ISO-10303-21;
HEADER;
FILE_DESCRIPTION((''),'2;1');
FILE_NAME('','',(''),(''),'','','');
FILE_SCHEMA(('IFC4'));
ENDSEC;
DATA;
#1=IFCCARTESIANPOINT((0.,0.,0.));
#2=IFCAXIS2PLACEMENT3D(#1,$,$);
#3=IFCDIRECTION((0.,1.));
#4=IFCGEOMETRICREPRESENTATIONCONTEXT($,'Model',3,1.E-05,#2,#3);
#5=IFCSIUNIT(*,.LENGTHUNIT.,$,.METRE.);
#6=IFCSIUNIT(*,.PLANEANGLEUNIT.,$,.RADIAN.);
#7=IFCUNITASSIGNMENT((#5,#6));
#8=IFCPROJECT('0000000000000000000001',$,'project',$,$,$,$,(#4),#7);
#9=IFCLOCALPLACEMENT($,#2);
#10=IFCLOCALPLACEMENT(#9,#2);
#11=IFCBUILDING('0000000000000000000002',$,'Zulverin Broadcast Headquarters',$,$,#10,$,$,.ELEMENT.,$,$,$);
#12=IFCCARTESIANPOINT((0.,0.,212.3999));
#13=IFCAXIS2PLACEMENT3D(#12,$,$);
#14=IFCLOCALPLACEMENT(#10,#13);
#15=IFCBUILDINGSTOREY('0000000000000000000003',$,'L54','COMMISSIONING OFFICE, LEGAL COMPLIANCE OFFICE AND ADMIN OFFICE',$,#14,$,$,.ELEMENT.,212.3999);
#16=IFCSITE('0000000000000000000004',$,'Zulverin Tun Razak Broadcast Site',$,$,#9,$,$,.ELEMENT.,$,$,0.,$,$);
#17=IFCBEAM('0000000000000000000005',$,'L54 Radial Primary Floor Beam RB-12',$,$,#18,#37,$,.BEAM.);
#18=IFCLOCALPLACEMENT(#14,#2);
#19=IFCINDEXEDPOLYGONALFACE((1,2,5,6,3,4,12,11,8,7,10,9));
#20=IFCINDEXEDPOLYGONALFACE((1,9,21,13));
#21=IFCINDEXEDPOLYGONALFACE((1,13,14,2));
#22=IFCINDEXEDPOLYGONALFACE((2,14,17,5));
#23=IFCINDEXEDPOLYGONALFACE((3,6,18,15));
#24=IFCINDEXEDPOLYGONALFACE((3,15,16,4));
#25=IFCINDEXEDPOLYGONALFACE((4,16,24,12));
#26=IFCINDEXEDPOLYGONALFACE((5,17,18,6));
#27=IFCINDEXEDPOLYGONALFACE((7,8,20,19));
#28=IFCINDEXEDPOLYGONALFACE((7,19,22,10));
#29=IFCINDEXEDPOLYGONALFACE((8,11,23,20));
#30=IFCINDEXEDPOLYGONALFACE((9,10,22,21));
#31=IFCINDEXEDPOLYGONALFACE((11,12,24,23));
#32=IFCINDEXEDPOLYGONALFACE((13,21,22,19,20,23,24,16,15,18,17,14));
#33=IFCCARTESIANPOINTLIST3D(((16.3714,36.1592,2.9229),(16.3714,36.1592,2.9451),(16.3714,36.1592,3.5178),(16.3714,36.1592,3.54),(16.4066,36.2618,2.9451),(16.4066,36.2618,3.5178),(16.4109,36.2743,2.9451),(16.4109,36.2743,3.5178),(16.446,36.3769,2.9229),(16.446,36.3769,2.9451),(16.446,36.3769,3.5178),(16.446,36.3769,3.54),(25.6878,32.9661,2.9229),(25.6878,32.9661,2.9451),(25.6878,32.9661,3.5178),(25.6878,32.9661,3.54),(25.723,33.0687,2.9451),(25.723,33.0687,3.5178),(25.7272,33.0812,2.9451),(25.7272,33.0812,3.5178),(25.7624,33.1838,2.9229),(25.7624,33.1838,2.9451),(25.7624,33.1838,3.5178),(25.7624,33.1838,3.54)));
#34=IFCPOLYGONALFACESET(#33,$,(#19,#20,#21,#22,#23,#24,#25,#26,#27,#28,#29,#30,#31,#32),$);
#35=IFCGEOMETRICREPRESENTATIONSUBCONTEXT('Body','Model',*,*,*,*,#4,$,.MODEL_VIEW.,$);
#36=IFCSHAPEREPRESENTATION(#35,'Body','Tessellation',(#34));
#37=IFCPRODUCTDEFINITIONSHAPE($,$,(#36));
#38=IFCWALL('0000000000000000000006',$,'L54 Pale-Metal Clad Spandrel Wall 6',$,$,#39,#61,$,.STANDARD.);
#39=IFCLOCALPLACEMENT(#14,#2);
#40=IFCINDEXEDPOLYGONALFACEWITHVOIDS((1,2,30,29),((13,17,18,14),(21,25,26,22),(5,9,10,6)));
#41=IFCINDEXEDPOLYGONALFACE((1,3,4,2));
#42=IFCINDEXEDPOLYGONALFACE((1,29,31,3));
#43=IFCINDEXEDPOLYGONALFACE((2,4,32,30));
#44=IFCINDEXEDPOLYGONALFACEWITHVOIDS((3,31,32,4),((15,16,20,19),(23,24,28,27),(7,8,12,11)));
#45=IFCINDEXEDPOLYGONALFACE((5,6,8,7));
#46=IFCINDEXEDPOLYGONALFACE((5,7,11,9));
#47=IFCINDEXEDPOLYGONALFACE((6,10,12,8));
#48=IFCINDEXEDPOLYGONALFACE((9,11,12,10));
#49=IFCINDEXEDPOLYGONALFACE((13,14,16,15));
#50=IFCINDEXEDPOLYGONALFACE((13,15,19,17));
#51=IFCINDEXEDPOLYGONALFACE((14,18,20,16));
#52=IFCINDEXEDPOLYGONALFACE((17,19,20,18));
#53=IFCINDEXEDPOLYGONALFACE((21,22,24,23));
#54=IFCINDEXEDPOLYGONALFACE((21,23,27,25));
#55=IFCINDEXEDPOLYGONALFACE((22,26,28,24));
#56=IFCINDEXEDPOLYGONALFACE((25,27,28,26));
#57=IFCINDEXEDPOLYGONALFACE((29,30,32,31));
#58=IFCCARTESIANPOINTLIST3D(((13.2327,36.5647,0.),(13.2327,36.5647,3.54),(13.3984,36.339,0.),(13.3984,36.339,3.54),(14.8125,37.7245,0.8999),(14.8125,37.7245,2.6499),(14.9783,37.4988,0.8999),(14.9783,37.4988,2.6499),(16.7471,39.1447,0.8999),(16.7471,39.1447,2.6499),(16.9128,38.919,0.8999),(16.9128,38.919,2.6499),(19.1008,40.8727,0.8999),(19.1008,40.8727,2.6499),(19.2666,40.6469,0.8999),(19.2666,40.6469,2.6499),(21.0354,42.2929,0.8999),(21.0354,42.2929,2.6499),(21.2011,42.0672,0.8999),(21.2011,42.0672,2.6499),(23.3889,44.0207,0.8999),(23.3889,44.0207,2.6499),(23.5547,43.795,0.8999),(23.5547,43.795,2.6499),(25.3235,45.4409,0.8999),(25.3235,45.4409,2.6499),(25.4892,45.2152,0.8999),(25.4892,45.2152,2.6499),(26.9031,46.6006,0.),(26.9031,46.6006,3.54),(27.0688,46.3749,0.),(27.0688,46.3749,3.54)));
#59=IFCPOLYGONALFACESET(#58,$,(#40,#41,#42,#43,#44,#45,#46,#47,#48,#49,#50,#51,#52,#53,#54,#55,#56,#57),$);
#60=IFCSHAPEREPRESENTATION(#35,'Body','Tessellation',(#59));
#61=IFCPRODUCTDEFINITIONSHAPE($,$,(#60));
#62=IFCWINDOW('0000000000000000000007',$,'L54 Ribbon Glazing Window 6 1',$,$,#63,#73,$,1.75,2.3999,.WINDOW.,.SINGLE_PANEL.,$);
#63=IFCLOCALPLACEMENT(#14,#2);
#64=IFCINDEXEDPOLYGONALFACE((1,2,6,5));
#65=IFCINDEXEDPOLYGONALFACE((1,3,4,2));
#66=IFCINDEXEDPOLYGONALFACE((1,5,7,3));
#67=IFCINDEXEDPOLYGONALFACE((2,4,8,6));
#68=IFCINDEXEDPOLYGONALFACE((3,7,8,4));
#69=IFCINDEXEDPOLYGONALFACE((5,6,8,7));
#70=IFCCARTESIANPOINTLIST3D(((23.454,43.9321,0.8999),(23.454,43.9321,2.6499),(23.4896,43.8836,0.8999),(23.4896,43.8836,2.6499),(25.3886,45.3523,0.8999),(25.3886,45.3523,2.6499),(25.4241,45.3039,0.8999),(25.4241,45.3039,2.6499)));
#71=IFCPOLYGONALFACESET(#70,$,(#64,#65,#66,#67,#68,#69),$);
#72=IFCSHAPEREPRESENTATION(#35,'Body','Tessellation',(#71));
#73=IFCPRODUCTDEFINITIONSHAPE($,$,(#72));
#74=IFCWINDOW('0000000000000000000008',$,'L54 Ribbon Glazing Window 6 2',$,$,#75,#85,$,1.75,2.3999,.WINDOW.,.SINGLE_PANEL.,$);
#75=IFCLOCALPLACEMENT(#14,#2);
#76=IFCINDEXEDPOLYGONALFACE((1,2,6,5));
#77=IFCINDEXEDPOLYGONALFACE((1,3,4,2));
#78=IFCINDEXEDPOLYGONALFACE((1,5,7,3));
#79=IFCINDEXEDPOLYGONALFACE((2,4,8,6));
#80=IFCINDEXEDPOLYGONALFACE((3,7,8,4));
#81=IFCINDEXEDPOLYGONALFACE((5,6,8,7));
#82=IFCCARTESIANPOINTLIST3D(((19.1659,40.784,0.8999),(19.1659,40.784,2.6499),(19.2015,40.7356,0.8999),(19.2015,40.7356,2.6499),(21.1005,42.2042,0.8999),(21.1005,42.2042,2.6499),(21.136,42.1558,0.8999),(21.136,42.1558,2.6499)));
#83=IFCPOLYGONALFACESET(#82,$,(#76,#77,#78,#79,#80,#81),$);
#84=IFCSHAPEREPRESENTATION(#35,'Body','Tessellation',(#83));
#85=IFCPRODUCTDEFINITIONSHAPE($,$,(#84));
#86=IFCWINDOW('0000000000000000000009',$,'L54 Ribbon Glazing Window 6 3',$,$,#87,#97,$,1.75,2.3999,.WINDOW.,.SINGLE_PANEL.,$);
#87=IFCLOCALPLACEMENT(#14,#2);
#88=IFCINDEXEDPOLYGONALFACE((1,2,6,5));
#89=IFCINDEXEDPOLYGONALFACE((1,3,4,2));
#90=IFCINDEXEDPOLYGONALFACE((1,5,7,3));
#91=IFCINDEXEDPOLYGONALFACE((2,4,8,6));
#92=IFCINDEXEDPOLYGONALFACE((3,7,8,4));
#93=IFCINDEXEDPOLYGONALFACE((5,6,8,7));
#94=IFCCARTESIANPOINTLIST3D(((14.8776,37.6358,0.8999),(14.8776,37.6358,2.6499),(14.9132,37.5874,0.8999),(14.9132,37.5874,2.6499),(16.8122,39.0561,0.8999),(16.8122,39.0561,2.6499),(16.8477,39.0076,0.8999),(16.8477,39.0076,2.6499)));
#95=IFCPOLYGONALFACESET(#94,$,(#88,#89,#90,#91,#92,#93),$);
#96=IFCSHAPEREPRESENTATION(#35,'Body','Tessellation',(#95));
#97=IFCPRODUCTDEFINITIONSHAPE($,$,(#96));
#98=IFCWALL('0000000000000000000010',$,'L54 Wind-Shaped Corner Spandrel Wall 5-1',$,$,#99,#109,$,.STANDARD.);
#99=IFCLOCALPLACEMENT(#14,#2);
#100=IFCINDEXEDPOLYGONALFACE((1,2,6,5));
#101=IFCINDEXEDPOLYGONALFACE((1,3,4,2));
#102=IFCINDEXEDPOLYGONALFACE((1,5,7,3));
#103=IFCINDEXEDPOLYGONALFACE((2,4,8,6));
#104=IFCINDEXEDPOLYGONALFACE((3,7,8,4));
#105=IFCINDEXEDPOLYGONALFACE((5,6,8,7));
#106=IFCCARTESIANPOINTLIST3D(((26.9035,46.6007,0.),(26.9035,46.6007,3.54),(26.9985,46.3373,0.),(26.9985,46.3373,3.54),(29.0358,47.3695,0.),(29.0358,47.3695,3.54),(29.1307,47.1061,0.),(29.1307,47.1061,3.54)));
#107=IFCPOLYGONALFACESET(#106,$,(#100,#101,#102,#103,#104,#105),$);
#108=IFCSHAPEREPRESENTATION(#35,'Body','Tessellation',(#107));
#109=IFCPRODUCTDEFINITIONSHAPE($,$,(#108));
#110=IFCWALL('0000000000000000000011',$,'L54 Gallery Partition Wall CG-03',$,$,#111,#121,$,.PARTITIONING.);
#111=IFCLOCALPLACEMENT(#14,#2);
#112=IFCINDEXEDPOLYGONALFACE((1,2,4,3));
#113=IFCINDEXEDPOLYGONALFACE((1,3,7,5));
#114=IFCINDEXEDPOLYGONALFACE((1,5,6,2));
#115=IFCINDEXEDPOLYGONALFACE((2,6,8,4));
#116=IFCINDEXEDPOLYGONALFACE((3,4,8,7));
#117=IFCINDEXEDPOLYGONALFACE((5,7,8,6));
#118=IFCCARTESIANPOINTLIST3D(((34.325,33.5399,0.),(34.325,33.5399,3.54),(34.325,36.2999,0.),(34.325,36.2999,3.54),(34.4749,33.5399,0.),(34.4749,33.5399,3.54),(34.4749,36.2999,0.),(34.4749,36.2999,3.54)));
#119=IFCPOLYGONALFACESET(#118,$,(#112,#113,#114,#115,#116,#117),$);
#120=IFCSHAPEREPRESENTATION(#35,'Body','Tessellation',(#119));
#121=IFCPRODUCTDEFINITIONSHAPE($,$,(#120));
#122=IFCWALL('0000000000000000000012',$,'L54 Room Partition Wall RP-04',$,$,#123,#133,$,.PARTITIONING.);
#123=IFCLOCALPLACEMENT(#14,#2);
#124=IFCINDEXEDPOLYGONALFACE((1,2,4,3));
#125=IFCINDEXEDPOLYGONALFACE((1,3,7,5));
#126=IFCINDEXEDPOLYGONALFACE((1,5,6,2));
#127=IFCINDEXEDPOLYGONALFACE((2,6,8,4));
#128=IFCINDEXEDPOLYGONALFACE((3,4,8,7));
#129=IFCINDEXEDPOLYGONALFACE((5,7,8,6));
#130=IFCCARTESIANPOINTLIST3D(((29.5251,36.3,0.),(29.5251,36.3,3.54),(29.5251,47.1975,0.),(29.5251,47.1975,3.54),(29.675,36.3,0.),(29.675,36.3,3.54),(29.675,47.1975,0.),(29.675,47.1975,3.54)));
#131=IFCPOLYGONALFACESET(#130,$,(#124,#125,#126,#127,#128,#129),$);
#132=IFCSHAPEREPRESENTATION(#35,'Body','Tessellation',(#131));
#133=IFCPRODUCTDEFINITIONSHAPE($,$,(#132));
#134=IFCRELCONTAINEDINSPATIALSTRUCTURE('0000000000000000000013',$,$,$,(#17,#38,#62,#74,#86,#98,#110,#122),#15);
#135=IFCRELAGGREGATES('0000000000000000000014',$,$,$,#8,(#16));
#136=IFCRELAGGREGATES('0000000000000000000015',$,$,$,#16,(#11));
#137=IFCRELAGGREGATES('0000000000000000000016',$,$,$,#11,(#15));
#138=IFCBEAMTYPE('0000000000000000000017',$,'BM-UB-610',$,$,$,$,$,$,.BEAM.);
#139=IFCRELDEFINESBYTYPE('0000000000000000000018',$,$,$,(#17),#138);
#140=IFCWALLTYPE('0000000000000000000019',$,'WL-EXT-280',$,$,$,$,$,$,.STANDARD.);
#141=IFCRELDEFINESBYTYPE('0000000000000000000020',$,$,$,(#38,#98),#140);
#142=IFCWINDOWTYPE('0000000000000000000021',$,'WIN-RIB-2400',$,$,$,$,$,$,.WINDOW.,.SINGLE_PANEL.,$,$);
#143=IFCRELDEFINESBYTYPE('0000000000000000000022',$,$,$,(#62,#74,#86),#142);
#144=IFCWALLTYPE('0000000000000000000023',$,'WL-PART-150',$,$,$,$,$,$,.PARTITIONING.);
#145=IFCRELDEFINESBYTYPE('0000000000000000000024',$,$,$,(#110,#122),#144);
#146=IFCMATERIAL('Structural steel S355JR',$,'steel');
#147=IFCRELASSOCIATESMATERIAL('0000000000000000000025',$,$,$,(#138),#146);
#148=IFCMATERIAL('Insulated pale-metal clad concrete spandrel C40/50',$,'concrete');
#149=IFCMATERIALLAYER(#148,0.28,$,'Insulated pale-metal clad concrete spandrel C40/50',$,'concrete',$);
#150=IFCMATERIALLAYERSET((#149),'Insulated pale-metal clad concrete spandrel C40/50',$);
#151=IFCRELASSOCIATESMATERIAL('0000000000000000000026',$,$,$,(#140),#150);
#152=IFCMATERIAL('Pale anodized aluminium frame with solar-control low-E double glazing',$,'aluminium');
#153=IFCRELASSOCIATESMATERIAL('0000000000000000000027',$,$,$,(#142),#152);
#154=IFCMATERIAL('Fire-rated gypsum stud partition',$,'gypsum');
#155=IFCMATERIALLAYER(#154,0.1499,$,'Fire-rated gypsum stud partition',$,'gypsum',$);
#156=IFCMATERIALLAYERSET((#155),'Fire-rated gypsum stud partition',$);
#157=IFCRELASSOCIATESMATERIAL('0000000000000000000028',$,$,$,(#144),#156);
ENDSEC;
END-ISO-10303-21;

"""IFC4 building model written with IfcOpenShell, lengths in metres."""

from ifc_helpers import new_model, si_unit, direction, frame, frame_2d, origin, origin_2d, place, context, subcontext, project, spatial, rectangle, i_section, extrude, material, layer, layer_set, material_profile, profile_set, type_object, element, fill, save


model = new_model("IFC4")

# Units and contexts
model_context = context("Model", 3, precision=1e-05, world=origin(), true_north=direction((0.0, 1.0)))
body_context = subcontext(model_context, "Body", "Model", "MODEL_VIEW")
ifc_project = project(units=[si_unit("LENGTHUNIT", "METRE"), si_unit("PLANEANGLEUNIT", "RADIAN")], contexts=[model_context])

# Site, building, storey
site_placement = place(None, origin())
site = spatial("IfcSite", under=ifc_project, at=site_placement, Name="Zulverin Tun Razak Broadcast Site", CompositionType="ELEMENT", RefElevation=0.0)
building_placement = place(site_placement, origin())
building = spatial("IfcBuilding", under=site, at=building_placement, Name="Zulverin Broadcast Headquarters", CompositionType="ELEMENT")
storey_placement = place(building_placement, frame((0.0, 0.0, 212.3999)))
storey = spatial("IfcBuildingStorey", under=building, at=storey_placement, Name="L54", Description="COMMISSIONING OFFICE, LEGAL COMPLIANCE OFFICE AND ADMIN OFFICE", CompositionType="ELEMENT", Elevation=212.3999)

# Beam
ifc_material_1 = material(Name="Structural steel S355JR", Category="steel")
ifc_material_profile_1 = material_profile(ifc_material_1, i_section(OverallWidth=0.2302, OverallDepth=0.6172, WebThickness=0.0132, FlangeThickness=0.0222, at=origin_2d()), Name="Structural steel S355JR", Category="steel")
ifc_profile_set_1 = profile_set([ifc_material_profile_1], Name="Structural steel S355JR")
beam_type_1 = type_object("IfcBeamType", Name="BM-UB-610", PredefinedType="BEAM", material=ifc_profile_set_1)
beam_1_placement = place(storey_placement, frame((25.7251, 33.075, 3.2314), z_axis=(-0.94598, 0.324226, 0.0), x_axis=(-0.324226, -0.94598, 0.0)))
element("IfcBeam", 1, at=beam_1_placement, inside=storey, type_object=beam_type_1, Name="L54 Radial Primary Floor Beam RB-12", PredefinedType="BEAM", context=body_context, shape_type="SweptSolid", body=[
    extrude(i_section(OverallWidth=0.2302, OverallDepth=0.6172, WebThickness=0.0132, FlangeThickness=0.0222, at=origin_2d()), origin(), (0.0, 0.0, 1.0), 9.8484),
])

# Wall, openings, windows
ifc_material_2 = material(Name="Insulated pale-metal clad concrete spandrel C40/50", Category="concrete")
ifc_layer_1 = layer(ifc_material_2, 0.28, Name="Insulated pale-metal clad concrete spandrel C40/50", Category="concrete")
ifc_layer_set_1 = layer_set([ifc_layer_1], Name="Insulated pale-metal clad concrete spandrel C40/50")
wall_type_1 = type_object("IfcWallType", Name="WL-EXT-280", PredefinedType="STANDARD", material=ifc_layer_set_1)
wall_1_placement = place(storey_placement, frame((26.9861, 46.4878, 0.0), z_axis=(0.0, 0.0, 1.0), x_axis=(-0.806098, -0.591782, 0.0)))
wall_1 = element("IfcWall", 2, at=wall_1_placement, inside=storey, type_object=wall_type_1, Name="L54 Pale-Metal Clad Spandrel Wall 6", PredefinedType="STANDARD", context=body_context, shape_type="SweptSolid", body=[
    extrude(rectangle(XDim=16.9587, YDim=0.28, at=frame_2d((8.4795, 0.0))), origin(), (0.0, 0.0, 1.0), 3.54),
])
opening_1_placement = place(wall_1_placement, frame((1.9597, 0.0, 0.8999)))
opening_1 = element("IfcOpeningElement", 3, at=opening_1_placement, cuts=wall_1, PredefinedType="OPENING", context=body_context, shape_type="SweptSolid", body=[
    extrude(rectangle(XDim=2.3999, YDim=1.75, at=frame_2d((1.2, 0.875))), frame((0.0, 0.1499, 0.0), z_axis=(0.0, -1.0, 0.0), x_axis=(1.0, 0.0, 0.0)), (0.0, 0.0, 1.0), 0.3),
])
opening_2_placement = place(wall_1_placement, frame((7.2793, 0.0, 0.8999)))
opening_2 = element("IfcOpeningElement", 4, at=opening_2_placement, cuts=wall_1, PredefinedType="OPENING", context=body_context, shape_type="SweptSolid", body=[
    extrude(rectangle(XDim=2.3999, YDim=1.75, at=frame_2d((1.2, 0.875))), frame((0.0, 0.1499, 0.0), z_axis=(0.0, -1.0, 0.0), x_axis=(1.0, 0.0, 0.0)), (0.0, 0.0, 1.0), 0.3),
])
opening_3_placement = place(wall_1_placement, frame((12.5991, 0.0, 0.8999)))
opening_3 = element("IfcOpeningElement", 5, at=opening_3_placement, cuts=wall_1, PredefinedType="OPENING", context=body_context, shape_type="SweptSolid", body=[
    extrude(rectangle(XDim=2.3999, YDim=1.75, at=frame_2d((1.2, 0.875))), frame((0.0, 0.1499, 0.0), z_axis=(0.0, -1.0, 0.0), x_axis=(1.0, 0.0, 0.0)), (0.0, 0.0, 1.0), 0.3),
])
ifc_material_3 = material(Name="Pale anodized aluminium frame with solar-control low-E double glazing", Category="aluminium")
window_type = type_object("IfcWindowType", Name="WIN-RIB-2400", PartitioningType="SINGLE_PANEL", PredefinedType="WINDOW", material=ifc_material_3)
window_1_placement = place(opening_1_placement, origin())
window_1 = element("IfcWindow", 6, at=window_1_placement, inside=storey, type_object=window_type, Name="L54 Ribbon Glazing Window 6 1", OverallHeight=1.75, OverallWidth=2.3999, PartitioningType="SINGLE_PANEL", PredefinedType="WINDOW", context=body_context, shape_type="SweptSolid", body=[
    extrude(rectangle(XDim=2.3999, YDim=1.75, at=frame_2d((1.2, 0.875))), frame((0.0, 0.03, 0.0), z_axis=(0.0, -1.0, 0.0), x_axis=(1.0, 0.0, 0.0)), (0.0, 0.0, 1.0), 0.0601),
])
fill(opening_1, window_1)
window_2_placement = place(opening_2_placement, origin())
window_2 = element("IfcWindow", 7, at=window_2_placement, inside=storey, type_object=window_type, Name="L54 Ribbon Glazing Window 6 2", OverallHeight=1.75, OverallWidth=2.3999, PartitioningType="SINGLE_PANEL", PredefinedType="WINDOW", context=body_context, shape_type="SweptSolid", body=[
    extrude(rectangle(XDim=2.3999, YDim=1.75, at=frame_2d((1.2, 0.875))), frame((0.0, 0.03, 0.0), z_axis=(0.0, -1.0, 0.0), x_axis=(1.0, 0.0, 0.0)), (0.0, 0.0, 1.0), 0.0601),
])
fill(opening_2, window_2)
window_3_placement = place(opening_3_placement, origin())
window_3 = element("IfcWindow", 8, at=window_3_placement, inside=storey, type_object=window_type, Name="L54 Ribbon Glazing Window 6 3", OverallHeight=1.75, OverallWidth=2.3999, PartitioningType="SINGLE_PANEL", PredefinedType="WINDOW", context=body_context, shape_type="SweptSolid", body=[
    extrude(rectangle(XDim=2.3999, YDim=1.75, at=frame_2d((1.2, 0.875))), frame((0.0, 0.03, 0.0), z_axis=(0.0, -1.0, 0.0), x_axis=(1.0, 0.0, 0.0)), (0.0, 0.0, 1.0), 0.0601),
])
fill(opening_3, window_3)

# Walls
wall_2_placement = place(storey_placement, frame((29.0833, 47.2378, 0.0), z_axis=(0.0, 0.0, 1.0), x_axis=(-0.940724, -0.339173, 0.0)))
element("IfcWall", 9, at=wall_2_placement, inside=storey, type_object=wall_type_1, Name="L54 Wind-Shaped Corner Spandrel Wall 5-1", PredefinedType="STANDARD", context=body_context, shape_type="SweptSolid", body=[
    extrude(rectangle(XDim=2.2666, YDim=0.28, at=frame_2d((1.1333, 0.0))), origin(), (0.0, 0.0, 1.0), 3.54),
])
ifc_material_4 = material(Name="Fire-rated gypsum stud partition", Category="gypsum")
ifc_layer_2 = layer(ifc_material_4, 0.1499, Name="Fire-rated gypsum stud partition", Category="gypsum")
ifc_layer_set_2 = layer_set([ifc_layer_2], Name="Fire-rated gypsum stud partition")
wall_type_2 = type_object("IfcWallType", Name="WL-PART-150", PredefinedType="PARTITIONING", material=ifc_layer_set_2)
wall_3_placement = place(storey_placement, frame((34.3999, 33.54, 0.0), z_axis=(0.0, 0.0, 1.0), x_axis=(0.0, 1.0, 0.0)))
element("IfcWall", 10, at=wall_3_placement, inside=storey, type_object=wall_type_2, Name="L54 Gallery Partition Wall CG-03", PredefinedType="PARTITIONING", context=body_context, shape_type="SweptSolid", body=[
    extrude(rectangle(XDim=2.76, YDim=0.1499, at=frame_2d((1.3799, 0.0))), origin(), (0.0, 0.0, 1.0), 3.54),
])
wall_4_placement = place(storey_placement, frame((29.6001, 36.3, 0.0), z_axis=(0.0, 0.0, 1.0), x_axis=(0.0, 1.0, 0.0)))
element("IfcWall", 11, at=wall_4_placement, inside=storey, type_object=wall_type_2, Name="L54 Room Partition Wall RP-04", PredefinedType="PARTITIONING", context=body_context, shape_type="SweptSolid", body=[
    extrude(rectangle(XDim=10.8975, YDim=0.1499, at=frame_2d((5.4487, 0.0))), origin(), (0.0, 0.0, 1.0), 3.54),
])

save(model, "model.ifc")
